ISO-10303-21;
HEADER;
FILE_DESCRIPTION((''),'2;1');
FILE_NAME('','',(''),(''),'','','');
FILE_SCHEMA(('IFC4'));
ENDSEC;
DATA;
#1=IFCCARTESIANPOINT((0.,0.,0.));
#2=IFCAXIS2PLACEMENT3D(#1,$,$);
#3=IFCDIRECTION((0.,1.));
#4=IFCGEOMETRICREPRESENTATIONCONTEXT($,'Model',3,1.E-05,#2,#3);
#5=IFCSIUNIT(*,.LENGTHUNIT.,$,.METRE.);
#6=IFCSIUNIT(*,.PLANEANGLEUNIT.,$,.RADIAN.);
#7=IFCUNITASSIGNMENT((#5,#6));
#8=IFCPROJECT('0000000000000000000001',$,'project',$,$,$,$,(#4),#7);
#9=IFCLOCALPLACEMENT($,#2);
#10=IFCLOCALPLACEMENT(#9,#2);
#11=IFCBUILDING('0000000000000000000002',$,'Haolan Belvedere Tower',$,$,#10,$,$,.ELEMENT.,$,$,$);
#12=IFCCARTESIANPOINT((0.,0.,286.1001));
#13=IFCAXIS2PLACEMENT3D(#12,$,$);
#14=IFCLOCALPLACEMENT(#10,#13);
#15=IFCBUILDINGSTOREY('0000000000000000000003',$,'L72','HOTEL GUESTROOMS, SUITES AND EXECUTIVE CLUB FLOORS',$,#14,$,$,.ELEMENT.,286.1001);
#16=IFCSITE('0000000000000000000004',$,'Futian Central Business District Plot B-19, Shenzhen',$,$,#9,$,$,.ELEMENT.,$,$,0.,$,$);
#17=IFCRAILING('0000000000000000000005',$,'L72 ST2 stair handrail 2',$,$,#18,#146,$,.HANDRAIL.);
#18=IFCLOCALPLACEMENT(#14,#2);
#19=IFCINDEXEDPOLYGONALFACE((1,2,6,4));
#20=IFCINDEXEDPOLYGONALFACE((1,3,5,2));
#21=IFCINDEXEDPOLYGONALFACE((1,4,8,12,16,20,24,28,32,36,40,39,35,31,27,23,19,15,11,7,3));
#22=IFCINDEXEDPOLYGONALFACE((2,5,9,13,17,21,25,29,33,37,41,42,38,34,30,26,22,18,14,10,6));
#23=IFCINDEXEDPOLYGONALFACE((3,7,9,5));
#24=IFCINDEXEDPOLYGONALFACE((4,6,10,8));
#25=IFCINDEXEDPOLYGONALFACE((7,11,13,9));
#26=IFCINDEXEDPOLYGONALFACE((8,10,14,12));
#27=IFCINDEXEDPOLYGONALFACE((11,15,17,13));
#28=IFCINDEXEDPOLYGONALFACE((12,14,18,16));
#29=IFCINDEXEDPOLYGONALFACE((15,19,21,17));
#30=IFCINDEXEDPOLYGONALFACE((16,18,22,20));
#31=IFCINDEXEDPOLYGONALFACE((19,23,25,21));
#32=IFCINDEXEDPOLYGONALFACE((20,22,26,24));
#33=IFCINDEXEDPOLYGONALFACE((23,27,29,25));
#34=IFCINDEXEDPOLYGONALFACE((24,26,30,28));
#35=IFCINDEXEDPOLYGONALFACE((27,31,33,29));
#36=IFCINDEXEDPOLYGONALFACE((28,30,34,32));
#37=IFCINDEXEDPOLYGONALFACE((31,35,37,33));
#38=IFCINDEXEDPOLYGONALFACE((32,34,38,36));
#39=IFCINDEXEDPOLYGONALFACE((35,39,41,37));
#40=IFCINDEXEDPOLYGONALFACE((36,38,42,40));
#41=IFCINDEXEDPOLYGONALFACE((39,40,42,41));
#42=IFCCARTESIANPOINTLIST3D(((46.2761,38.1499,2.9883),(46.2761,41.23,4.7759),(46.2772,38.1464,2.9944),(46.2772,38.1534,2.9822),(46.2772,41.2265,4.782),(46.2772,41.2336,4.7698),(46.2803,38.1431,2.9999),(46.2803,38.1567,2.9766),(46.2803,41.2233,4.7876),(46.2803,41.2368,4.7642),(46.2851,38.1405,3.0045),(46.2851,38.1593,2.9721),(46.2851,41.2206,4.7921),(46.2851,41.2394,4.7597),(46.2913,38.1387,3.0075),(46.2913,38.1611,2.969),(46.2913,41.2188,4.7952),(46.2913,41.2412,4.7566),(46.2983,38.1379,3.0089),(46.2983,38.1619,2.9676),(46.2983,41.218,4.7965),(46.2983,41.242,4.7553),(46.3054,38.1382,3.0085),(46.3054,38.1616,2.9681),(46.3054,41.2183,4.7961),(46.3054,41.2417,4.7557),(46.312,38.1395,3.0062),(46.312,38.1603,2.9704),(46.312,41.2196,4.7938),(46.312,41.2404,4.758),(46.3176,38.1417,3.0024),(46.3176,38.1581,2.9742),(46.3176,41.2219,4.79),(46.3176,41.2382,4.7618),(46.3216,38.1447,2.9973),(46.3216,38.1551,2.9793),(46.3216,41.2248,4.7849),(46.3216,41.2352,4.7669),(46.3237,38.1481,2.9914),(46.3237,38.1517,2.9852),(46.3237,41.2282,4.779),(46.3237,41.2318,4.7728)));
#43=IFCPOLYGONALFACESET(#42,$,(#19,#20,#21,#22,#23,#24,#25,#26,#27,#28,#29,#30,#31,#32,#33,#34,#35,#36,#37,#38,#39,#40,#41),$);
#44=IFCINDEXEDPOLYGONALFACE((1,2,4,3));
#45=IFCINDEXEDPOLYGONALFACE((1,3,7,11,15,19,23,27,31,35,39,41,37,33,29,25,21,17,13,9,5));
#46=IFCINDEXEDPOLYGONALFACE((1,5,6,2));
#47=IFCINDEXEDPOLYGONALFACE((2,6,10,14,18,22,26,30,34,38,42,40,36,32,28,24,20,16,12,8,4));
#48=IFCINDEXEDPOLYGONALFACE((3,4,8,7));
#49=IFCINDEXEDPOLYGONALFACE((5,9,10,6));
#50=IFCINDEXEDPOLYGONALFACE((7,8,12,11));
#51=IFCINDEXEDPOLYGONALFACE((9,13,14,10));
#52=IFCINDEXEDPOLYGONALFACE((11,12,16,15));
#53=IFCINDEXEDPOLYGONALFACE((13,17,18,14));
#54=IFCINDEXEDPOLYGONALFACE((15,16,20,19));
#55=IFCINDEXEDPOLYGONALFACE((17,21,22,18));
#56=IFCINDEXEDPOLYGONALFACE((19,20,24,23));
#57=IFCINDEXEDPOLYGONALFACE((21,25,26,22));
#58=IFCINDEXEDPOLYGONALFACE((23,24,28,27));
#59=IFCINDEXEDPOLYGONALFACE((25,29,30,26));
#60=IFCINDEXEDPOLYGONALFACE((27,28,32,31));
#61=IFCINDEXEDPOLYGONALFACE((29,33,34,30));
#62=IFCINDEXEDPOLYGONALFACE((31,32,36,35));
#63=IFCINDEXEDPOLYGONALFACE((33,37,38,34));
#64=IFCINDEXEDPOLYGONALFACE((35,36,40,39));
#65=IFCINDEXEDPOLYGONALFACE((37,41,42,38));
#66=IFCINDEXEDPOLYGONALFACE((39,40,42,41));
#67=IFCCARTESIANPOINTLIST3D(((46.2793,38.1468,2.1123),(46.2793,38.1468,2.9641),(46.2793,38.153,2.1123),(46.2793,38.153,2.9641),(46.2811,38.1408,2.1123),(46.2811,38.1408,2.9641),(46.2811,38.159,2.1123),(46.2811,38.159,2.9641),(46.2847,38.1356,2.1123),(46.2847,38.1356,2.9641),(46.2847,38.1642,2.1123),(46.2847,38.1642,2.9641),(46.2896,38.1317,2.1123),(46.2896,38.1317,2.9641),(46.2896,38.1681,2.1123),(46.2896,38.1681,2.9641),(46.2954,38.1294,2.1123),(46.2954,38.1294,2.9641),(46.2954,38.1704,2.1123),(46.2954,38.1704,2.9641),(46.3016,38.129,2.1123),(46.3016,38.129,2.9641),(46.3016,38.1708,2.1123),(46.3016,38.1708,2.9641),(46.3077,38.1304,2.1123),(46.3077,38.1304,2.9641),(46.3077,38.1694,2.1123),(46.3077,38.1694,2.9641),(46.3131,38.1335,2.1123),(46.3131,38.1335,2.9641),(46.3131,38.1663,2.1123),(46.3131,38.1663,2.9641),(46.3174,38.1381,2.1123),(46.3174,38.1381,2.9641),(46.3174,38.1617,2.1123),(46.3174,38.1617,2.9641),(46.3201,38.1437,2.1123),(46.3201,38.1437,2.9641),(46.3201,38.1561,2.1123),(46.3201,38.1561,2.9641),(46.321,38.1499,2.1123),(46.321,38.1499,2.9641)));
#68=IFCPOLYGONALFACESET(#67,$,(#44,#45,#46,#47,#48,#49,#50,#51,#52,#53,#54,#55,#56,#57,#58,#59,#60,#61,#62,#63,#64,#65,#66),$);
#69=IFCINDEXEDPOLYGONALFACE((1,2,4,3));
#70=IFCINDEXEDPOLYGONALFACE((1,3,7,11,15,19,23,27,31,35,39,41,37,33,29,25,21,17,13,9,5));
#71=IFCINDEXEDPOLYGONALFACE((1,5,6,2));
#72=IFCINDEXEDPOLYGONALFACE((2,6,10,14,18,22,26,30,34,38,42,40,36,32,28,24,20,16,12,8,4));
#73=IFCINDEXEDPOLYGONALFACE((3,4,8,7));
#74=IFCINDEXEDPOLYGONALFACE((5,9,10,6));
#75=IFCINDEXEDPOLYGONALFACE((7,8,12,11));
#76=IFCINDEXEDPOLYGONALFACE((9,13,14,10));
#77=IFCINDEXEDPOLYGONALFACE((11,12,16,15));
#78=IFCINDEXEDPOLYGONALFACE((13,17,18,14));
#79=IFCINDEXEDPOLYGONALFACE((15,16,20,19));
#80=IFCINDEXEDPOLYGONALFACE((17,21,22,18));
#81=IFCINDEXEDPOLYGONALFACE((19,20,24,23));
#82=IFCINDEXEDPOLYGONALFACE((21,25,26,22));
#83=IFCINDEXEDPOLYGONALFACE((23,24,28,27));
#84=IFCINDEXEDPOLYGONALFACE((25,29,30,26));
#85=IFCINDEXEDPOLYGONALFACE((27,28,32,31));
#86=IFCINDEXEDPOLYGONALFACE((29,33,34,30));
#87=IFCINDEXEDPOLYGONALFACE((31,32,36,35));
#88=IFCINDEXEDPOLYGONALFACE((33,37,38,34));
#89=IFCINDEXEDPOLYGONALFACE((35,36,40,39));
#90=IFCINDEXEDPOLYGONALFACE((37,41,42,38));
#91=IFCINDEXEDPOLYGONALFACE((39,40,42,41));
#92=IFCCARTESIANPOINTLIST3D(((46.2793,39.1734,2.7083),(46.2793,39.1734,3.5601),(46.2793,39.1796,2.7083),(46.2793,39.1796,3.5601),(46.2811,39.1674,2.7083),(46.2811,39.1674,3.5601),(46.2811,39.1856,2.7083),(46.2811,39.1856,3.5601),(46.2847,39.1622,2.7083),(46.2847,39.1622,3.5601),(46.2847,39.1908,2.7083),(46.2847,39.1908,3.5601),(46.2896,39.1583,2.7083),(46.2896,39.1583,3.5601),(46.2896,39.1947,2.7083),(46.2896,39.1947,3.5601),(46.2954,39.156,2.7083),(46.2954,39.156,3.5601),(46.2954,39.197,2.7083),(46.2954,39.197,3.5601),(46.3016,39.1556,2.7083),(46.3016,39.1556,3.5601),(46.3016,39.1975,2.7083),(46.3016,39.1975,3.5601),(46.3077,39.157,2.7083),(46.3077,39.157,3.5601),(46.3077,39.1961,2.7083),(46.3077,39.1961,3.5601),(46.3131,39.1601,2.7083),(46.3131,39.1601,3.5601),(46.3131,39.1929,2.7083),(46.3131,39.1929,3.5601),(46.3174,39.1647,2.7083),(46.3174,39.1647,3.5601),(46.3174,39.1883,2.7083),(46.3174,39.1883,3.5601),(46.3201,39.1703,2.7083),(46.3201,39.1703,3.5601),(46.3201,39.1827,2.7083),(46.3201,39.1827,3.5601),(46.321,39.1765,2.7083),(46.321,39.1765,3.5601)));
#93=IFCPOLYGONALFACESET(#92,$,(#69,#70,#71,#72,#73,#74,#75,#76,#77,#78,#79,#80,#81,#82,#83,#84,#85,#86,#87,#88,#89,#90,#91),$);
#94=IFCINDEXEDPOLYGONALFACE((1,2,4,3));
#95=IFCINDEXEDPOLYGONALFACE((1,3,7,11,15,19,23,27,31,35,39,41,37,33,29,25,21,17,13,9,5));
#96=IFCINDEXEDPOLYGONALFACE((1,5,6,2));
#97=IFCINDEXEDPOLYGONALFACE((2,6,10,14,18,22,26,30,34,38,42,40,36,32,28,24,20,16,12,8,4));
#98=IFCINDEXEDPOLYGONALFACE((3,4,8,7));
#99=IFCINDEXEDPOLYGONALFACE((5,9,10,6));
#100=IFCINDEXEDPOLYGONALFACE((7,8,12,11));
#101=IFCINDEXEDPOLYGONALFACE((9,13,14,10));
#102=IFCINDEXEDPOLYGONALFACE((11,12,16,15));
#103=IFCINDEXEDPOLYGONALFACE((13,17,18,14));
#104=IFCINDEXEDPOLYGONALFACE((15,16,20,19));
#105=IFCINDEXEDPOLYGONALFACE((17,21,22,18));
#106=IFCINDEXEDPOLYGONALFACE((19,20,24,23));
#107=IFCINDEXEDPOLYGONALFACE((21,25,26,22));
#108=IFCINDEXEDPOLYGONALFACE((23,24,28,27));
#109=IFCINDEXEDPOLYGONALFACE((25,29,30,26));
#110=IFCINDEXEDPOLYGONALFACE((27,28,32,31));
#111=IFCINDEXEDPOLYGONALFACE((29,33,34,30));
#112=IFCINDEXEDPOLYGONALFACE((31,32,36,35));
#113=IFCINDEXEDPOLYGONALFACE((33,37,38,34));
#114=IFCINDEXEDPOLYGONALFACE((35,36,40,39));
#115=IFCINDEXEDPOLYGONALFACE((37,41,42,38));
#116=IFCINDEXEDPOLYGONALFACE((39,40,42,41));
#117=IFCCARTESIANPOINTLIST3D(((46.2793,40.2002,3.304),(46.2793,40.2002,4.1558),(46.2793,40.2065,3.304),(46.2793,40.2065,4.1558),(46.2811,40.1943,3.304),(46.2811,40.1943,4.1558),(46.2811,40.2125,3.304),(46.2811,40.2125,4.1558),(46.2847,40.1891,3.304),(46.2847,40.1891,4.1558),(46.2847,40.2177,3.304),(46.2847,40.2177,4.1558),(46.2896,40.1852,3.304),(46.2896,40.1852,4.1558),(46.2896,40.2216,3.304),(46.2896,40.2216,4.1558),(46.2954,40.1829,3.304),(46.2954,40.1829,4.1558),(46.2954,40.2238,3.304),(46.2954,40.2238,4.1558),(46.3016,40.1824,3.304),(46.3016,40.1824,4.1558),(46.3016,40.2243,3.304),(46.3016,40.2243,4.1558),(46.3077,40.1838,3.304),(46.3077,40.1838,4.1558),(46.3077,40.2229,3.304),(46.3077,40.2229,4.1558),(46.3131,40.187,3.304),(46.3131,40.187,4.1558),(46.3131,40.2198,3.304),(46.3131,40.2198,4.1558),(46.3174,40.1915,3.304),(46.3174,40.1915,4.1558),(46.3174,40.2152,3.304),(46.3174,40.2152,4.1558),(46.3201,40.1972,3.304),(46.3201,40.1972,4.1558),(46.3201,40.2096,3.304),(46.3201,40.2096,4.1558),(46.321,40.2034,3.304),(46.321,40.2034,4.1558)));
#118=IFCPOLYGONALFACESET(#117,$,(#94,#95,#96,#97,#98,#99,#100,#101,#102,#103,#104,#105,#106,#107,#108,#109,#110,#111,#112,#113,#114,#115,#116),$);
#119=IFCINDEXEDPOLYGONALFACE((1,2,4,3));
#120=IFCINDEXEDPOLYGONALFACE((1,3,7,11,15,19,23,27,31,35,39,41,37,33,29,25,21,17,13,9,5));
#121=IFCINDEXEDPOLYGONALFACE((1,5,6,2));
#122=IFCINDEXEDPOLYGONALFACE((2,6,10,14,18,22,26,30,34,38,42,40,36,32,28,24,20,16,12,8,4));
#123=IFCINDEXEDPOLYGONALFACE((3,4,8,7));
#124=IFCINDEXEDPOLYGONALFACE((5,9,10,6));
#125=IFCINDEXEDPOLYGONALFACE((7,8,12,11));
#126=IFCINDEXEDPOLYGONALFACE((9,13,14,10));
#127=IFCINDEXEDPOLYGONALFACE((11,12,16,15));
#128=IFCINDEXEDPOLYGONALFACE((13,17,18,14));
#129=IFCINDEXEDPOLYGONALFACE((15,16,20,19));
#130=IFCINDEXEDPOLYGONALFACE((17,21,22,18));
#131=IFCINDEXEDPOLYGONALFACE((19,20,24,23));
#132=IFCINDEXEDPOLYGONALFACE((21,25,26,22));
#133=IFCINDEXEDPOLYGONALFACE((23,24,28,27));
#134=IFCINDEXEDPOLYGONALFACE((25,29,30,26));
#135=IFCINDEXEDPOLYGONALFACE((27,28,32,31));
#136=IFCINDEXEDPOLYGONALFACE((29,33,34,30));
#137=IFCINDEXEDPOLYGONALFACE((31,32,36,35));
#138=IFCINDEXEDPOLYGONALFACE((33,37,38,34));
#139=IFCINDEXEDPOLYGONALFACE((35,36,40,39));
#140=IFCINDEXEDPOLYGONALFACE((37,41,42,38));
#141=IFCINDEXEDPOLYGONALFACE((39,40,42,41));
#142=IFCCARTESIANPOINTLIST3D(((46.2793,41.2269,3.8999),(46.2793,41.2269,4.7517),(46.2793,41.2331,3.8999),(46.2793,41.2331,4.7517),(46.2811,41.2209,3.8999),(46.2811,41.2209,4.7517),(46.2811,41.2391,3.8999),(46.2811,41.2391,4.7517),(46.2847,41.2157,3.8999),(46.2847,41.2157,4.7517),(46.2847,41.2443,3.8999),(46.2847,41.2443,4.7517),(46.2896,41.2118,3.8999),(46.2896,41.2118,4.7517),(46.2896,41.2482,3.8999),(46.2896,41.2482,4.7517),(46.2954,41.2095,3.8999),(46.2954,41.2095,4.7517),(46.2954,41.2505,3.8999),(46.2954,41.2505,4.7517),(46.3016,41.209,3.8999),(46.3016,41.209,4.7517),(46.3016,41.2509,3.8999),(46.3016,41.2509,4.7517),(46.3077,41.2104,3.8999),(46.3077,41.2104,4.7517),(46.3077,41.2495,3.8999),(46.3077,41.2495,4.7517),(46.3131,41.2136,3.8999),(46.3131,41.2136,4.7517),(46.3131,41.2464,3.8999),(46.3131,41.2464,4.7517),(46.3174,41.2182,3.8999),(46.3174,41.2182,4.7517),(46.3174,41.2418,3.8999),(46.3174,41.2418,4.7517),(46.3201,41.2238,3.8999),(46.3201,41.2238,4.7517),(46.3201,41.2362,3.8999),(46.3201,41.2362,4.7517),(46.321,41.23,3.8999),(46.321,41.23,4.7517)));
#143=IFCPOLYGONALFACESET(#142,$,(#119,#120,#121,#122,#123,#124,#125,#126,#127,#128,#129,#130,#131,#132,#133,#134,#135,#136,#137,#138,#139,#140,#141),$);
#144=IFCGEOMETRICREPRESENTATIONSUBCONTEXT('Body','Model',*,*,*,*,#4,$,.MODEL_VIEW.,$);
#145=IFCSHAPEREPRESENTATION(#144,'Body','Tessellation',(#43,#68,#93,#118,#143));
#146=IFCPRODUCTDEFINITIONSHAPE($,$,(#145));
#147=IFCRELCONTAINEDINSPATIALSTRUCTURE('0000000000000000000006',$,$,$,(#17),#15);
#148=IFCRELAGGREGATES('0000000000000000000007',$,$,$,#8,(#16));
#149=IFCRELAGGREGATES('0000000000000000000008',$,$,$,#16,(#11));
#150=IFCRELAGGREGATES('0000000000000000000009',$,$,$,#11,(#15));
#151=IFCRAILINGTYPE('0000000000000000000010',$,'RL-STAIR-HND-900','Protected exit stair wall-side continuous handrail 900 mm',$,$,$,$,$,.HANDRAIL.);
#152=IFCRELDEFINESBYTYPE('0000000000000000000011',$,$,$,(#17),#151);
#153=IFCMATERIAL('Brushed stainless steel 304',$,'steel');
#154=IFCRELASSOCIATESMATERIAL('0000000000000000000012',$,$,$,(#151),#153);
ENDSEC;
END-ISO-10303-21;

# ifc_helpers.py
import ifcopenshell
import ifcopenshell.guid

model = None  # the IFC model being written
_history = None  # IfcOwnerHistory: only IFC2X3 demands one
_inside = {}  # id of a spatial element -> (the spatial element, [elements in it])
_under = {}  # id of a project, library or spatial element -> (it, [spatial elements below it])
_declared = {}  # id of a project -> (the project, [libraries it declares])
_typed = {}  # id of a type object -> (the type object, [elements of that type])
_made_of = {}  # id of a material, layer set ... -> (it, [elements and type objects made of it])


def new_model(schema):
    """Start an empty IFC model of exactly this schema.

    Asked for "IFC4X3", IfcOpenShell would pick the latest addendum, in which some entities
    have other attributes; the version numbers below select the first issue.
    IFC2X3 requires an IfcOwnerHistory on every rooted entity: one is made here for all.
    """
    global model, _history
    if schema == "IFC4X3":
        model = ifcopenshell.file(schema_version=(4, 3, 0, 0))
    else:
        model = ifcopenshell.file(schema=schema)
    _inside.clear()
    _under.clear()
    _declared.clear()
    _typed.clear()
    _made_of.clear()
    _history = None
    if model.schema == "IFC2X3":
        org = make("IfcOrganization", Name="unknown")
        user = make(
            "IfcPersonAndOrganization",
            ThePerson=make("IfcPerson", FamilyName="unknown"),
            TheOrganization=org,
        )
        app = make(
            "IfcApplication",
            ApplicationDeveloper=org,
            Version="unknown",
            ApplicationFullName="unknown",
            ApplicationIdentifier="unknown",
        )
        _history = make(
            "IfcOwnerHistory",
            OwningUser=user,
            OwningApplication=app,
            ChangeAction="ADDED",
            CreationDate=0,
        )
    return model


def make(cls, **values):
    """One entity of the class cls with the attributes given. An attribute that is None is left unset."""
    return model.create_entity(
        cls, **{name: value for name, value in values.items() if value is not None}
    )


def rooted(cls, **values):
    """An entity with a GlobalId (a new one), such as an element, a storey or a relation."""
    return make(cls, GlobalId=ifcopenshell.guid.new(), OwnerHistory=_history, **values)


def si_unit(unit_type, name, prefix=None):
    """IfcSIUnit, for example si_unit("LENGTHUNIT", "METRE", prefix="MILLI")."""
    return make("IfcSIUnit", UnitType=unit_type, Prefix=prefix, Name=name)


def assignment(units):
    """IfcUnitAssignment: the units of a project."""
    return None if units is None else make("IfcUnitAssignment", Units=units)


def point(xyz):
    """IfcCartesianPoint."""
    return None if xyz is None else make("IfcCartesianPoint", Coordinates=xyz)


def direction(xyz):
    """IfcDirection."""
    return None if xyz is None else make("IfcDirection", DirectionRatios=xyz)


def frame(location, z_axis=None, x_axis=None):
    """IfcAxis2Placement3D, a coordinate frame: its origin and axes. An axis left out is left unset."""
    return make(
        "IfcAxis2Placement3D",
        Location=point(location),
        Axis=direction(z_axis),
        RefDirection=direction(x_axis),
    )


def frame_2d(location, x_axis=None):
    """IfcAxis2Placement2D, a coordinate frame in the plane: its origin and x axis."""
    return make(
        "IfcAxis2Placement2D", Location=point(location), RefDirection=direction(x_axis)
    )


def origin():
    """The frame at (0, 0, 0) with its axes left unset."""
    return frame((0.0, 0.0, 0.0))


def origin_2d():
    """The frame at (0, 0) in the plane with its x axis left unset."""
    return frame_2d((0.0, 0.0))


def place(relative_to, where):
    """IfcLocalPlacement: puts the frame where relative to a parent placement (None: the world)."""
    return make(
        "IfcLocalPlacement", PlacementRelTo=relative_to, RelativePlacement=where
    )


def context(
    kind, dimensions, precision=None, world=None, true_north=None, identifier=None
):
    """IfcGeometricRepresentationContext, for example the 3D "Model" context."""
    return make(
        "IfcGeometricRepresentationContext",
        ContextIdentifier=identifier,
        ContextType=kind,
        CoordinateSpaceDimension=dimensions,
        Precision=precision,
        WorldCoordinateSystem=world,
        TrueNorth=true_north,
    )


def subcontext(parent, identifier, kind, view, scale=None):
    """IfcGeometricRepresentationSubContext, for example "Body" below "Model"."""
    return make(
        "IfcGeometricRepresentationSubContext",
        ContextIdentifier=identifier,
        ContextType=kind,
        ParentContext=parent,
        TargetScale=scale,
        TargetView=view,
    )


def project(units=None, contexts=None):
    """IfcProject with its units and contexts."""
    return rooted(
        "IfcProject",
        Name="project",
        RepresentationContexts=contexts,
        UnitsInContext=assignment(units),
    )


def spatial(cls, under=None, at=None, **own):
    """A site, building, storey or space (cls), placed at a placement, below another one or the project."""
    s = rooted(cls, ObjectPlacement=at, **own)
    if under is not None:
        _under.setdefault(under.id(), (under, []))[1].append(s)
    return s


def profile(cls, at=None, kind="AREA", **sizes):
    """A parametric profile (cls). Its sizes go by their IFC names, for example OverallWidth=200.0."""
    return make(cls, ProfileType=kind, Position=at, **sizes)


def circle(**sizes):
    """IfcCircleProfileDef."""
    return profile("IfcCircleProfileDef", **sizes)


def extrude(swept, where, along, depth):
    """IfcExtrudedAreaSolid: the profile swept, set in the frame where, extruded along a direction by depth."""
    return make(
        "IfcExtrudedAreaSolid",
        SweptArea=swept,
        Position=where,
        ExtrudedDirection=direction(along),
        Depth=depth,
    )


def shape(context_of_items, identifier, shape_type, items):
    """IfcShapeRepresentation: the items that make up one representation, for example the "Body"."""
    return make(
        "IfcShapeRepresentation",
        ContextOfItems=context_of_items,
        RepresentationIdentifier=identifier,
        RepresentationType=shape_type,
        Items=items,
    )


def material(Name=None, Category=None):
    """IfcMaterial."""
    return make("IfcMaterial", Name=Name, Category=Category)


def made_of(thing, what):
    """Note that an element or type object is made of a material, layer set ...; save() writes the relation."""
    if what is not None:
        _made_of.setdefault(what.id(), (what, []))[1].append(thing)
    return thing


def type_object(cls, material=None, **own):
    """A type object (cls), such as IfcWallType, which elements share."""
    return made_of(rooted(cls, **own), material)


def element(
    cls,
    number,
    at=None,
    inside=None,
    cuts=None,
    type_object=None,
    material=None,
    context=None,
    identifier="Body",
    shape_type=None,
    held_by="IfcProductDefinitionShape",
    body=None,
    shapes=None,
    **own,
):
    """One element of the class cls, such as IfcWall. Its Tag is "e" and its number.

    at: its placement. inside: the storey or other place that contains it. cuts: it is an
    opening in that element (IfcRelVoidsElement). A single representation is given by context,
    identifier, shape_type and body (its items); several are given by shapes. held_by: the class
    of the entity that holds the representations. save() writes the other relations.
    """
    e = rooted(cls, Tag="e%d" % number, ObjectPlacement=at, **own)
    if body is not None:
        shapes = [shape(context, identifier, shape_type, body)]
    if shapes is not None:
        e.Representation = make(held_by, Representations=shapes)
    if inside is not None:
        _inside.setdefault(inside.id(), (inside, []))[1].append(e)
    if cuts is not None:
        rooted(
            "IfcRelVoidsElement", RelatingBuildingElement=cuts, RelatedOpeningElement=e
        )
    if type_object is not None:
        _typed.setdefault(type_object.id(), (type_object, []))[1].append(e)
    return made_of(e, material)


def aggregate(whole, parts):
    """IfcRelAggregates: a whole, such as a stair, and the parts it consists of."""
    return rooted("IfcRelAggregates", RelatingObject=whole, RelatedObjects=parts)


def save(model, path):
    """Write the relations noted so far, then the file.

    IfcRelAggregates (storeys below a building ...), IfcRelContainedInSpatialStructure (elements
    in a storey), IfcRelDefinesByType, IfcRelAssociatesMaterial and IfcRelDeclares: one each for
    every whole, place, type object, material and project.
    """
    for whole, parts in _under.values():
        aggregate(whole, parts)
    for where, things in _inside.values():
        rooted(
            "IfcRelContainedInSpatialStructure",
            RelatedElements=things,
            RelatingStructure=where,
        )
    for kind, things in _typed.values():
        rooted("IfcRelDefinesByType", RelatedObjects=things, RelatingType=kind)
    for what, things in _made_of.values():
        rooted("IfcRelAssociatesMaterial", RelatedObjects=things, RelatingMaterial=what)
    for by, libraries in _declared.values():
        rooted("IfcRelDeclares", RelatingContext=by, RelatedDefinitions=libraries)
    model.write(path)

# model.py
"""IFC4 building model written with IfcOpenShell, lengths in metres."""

from ifc_helpers import new_model, si_unit, direction, frame, origin, origin_2d, place, context, subcontext, project, spatial, circle, extrude, material, type_object, element, save


model = new_model("IFC4")

# Units and contexts
model_context = context("Model", 3, precision=1e-05, world=origin(), true_north=direction((0.0, 1.0)))
body_context = subcontext(model_context, "Body", "Model", "MODEL_VIEW")
ifc_project = project(units=[si_unit("LENGTHUNIT", "METRE"), si_unit("PLANEANGLEUNIT", "RADIAN")], contexts=[model_context])

# Site, building, storey
site_placement = place(None, origin())
site = spatial("IfcSite", under=ifc_project, at=site_placement, Name="Futian Central Business District Plot B-19, Shenzhen", CompositionType="ELEMENT", RefElevation=0.0)
building_placement = place(site_placement, origin())
building = spatial("IfcBuilding", under=site, at=building_placement, Name="Haolan Belvedere Tower", CompositionType="ELEMENT")
storey_placement = place(building_placement, frame((0.0, 0.0, 286.1001)))
storey = spatial("IfcBuildingStorey", under=building, at=storey_placement, Name="L72", Description="HOTEL GUESTROOMS, SUITES AND EXECUTIVE CLUB FLOORS", CompositionType="ELEMENT", Elevation=286.1001)

# Railing
ifc_material_1 = material(Name="Brushed stainless steel 304", Category="steel")
railing_type_1 = type_object("IfcRailingType", Name="RL-STAIR-HND-900", Description="Protected exit stair wall-side continuous handrail 900 mm", PredefinedType="HANDRAIL", material=ifc_material_1)
for number, where, name in (
    (1, (46.3, 38.1499, 2.1123), "L72 ST2 stair handrail 2"),
):
    element("IfcRailing", number, at=place(storey_placement, frame(where)), inside=storey, type_object=railing_type_1, Name=name, PredefinedType="HANDRAIL", context=body_context, shape_type="SweptSolid", body=[
        extrude(circle(Radius=0.0239, at=origin_2d()), frame((0.0, 0.0, 0.876), z_axis=(0.0, 0.864891, 0.50196), x_axis=(-1.0, 0.0, 0.0)), (0.0, 0.0, 1.0), 3.5613),
        extrude(circle(Radius=0.021, at=origin_2d()), origin(), (0.0, 0.0, 1.0), 0.8518),
        extrude(circle(Radius=0.021, at=origin_2d()), frame((0.0, 1.0266, 0.5959)), (0.0, 0.0, 1.0), 0.8518),
        extrude(circle(Radius=0.021, at=origin_2d()), frame((0.0, 2.0535, 1.1917)), (0.0, 0.0, 1.0), 0.8518),
        extrude(circle(Radius=0.021, at=origin_2d()), frame((0.0, 3.0801, 1.7876)), (0.0, 0.0, 1.0), 0.8518),
    ])

save(model, "model.ifc")
